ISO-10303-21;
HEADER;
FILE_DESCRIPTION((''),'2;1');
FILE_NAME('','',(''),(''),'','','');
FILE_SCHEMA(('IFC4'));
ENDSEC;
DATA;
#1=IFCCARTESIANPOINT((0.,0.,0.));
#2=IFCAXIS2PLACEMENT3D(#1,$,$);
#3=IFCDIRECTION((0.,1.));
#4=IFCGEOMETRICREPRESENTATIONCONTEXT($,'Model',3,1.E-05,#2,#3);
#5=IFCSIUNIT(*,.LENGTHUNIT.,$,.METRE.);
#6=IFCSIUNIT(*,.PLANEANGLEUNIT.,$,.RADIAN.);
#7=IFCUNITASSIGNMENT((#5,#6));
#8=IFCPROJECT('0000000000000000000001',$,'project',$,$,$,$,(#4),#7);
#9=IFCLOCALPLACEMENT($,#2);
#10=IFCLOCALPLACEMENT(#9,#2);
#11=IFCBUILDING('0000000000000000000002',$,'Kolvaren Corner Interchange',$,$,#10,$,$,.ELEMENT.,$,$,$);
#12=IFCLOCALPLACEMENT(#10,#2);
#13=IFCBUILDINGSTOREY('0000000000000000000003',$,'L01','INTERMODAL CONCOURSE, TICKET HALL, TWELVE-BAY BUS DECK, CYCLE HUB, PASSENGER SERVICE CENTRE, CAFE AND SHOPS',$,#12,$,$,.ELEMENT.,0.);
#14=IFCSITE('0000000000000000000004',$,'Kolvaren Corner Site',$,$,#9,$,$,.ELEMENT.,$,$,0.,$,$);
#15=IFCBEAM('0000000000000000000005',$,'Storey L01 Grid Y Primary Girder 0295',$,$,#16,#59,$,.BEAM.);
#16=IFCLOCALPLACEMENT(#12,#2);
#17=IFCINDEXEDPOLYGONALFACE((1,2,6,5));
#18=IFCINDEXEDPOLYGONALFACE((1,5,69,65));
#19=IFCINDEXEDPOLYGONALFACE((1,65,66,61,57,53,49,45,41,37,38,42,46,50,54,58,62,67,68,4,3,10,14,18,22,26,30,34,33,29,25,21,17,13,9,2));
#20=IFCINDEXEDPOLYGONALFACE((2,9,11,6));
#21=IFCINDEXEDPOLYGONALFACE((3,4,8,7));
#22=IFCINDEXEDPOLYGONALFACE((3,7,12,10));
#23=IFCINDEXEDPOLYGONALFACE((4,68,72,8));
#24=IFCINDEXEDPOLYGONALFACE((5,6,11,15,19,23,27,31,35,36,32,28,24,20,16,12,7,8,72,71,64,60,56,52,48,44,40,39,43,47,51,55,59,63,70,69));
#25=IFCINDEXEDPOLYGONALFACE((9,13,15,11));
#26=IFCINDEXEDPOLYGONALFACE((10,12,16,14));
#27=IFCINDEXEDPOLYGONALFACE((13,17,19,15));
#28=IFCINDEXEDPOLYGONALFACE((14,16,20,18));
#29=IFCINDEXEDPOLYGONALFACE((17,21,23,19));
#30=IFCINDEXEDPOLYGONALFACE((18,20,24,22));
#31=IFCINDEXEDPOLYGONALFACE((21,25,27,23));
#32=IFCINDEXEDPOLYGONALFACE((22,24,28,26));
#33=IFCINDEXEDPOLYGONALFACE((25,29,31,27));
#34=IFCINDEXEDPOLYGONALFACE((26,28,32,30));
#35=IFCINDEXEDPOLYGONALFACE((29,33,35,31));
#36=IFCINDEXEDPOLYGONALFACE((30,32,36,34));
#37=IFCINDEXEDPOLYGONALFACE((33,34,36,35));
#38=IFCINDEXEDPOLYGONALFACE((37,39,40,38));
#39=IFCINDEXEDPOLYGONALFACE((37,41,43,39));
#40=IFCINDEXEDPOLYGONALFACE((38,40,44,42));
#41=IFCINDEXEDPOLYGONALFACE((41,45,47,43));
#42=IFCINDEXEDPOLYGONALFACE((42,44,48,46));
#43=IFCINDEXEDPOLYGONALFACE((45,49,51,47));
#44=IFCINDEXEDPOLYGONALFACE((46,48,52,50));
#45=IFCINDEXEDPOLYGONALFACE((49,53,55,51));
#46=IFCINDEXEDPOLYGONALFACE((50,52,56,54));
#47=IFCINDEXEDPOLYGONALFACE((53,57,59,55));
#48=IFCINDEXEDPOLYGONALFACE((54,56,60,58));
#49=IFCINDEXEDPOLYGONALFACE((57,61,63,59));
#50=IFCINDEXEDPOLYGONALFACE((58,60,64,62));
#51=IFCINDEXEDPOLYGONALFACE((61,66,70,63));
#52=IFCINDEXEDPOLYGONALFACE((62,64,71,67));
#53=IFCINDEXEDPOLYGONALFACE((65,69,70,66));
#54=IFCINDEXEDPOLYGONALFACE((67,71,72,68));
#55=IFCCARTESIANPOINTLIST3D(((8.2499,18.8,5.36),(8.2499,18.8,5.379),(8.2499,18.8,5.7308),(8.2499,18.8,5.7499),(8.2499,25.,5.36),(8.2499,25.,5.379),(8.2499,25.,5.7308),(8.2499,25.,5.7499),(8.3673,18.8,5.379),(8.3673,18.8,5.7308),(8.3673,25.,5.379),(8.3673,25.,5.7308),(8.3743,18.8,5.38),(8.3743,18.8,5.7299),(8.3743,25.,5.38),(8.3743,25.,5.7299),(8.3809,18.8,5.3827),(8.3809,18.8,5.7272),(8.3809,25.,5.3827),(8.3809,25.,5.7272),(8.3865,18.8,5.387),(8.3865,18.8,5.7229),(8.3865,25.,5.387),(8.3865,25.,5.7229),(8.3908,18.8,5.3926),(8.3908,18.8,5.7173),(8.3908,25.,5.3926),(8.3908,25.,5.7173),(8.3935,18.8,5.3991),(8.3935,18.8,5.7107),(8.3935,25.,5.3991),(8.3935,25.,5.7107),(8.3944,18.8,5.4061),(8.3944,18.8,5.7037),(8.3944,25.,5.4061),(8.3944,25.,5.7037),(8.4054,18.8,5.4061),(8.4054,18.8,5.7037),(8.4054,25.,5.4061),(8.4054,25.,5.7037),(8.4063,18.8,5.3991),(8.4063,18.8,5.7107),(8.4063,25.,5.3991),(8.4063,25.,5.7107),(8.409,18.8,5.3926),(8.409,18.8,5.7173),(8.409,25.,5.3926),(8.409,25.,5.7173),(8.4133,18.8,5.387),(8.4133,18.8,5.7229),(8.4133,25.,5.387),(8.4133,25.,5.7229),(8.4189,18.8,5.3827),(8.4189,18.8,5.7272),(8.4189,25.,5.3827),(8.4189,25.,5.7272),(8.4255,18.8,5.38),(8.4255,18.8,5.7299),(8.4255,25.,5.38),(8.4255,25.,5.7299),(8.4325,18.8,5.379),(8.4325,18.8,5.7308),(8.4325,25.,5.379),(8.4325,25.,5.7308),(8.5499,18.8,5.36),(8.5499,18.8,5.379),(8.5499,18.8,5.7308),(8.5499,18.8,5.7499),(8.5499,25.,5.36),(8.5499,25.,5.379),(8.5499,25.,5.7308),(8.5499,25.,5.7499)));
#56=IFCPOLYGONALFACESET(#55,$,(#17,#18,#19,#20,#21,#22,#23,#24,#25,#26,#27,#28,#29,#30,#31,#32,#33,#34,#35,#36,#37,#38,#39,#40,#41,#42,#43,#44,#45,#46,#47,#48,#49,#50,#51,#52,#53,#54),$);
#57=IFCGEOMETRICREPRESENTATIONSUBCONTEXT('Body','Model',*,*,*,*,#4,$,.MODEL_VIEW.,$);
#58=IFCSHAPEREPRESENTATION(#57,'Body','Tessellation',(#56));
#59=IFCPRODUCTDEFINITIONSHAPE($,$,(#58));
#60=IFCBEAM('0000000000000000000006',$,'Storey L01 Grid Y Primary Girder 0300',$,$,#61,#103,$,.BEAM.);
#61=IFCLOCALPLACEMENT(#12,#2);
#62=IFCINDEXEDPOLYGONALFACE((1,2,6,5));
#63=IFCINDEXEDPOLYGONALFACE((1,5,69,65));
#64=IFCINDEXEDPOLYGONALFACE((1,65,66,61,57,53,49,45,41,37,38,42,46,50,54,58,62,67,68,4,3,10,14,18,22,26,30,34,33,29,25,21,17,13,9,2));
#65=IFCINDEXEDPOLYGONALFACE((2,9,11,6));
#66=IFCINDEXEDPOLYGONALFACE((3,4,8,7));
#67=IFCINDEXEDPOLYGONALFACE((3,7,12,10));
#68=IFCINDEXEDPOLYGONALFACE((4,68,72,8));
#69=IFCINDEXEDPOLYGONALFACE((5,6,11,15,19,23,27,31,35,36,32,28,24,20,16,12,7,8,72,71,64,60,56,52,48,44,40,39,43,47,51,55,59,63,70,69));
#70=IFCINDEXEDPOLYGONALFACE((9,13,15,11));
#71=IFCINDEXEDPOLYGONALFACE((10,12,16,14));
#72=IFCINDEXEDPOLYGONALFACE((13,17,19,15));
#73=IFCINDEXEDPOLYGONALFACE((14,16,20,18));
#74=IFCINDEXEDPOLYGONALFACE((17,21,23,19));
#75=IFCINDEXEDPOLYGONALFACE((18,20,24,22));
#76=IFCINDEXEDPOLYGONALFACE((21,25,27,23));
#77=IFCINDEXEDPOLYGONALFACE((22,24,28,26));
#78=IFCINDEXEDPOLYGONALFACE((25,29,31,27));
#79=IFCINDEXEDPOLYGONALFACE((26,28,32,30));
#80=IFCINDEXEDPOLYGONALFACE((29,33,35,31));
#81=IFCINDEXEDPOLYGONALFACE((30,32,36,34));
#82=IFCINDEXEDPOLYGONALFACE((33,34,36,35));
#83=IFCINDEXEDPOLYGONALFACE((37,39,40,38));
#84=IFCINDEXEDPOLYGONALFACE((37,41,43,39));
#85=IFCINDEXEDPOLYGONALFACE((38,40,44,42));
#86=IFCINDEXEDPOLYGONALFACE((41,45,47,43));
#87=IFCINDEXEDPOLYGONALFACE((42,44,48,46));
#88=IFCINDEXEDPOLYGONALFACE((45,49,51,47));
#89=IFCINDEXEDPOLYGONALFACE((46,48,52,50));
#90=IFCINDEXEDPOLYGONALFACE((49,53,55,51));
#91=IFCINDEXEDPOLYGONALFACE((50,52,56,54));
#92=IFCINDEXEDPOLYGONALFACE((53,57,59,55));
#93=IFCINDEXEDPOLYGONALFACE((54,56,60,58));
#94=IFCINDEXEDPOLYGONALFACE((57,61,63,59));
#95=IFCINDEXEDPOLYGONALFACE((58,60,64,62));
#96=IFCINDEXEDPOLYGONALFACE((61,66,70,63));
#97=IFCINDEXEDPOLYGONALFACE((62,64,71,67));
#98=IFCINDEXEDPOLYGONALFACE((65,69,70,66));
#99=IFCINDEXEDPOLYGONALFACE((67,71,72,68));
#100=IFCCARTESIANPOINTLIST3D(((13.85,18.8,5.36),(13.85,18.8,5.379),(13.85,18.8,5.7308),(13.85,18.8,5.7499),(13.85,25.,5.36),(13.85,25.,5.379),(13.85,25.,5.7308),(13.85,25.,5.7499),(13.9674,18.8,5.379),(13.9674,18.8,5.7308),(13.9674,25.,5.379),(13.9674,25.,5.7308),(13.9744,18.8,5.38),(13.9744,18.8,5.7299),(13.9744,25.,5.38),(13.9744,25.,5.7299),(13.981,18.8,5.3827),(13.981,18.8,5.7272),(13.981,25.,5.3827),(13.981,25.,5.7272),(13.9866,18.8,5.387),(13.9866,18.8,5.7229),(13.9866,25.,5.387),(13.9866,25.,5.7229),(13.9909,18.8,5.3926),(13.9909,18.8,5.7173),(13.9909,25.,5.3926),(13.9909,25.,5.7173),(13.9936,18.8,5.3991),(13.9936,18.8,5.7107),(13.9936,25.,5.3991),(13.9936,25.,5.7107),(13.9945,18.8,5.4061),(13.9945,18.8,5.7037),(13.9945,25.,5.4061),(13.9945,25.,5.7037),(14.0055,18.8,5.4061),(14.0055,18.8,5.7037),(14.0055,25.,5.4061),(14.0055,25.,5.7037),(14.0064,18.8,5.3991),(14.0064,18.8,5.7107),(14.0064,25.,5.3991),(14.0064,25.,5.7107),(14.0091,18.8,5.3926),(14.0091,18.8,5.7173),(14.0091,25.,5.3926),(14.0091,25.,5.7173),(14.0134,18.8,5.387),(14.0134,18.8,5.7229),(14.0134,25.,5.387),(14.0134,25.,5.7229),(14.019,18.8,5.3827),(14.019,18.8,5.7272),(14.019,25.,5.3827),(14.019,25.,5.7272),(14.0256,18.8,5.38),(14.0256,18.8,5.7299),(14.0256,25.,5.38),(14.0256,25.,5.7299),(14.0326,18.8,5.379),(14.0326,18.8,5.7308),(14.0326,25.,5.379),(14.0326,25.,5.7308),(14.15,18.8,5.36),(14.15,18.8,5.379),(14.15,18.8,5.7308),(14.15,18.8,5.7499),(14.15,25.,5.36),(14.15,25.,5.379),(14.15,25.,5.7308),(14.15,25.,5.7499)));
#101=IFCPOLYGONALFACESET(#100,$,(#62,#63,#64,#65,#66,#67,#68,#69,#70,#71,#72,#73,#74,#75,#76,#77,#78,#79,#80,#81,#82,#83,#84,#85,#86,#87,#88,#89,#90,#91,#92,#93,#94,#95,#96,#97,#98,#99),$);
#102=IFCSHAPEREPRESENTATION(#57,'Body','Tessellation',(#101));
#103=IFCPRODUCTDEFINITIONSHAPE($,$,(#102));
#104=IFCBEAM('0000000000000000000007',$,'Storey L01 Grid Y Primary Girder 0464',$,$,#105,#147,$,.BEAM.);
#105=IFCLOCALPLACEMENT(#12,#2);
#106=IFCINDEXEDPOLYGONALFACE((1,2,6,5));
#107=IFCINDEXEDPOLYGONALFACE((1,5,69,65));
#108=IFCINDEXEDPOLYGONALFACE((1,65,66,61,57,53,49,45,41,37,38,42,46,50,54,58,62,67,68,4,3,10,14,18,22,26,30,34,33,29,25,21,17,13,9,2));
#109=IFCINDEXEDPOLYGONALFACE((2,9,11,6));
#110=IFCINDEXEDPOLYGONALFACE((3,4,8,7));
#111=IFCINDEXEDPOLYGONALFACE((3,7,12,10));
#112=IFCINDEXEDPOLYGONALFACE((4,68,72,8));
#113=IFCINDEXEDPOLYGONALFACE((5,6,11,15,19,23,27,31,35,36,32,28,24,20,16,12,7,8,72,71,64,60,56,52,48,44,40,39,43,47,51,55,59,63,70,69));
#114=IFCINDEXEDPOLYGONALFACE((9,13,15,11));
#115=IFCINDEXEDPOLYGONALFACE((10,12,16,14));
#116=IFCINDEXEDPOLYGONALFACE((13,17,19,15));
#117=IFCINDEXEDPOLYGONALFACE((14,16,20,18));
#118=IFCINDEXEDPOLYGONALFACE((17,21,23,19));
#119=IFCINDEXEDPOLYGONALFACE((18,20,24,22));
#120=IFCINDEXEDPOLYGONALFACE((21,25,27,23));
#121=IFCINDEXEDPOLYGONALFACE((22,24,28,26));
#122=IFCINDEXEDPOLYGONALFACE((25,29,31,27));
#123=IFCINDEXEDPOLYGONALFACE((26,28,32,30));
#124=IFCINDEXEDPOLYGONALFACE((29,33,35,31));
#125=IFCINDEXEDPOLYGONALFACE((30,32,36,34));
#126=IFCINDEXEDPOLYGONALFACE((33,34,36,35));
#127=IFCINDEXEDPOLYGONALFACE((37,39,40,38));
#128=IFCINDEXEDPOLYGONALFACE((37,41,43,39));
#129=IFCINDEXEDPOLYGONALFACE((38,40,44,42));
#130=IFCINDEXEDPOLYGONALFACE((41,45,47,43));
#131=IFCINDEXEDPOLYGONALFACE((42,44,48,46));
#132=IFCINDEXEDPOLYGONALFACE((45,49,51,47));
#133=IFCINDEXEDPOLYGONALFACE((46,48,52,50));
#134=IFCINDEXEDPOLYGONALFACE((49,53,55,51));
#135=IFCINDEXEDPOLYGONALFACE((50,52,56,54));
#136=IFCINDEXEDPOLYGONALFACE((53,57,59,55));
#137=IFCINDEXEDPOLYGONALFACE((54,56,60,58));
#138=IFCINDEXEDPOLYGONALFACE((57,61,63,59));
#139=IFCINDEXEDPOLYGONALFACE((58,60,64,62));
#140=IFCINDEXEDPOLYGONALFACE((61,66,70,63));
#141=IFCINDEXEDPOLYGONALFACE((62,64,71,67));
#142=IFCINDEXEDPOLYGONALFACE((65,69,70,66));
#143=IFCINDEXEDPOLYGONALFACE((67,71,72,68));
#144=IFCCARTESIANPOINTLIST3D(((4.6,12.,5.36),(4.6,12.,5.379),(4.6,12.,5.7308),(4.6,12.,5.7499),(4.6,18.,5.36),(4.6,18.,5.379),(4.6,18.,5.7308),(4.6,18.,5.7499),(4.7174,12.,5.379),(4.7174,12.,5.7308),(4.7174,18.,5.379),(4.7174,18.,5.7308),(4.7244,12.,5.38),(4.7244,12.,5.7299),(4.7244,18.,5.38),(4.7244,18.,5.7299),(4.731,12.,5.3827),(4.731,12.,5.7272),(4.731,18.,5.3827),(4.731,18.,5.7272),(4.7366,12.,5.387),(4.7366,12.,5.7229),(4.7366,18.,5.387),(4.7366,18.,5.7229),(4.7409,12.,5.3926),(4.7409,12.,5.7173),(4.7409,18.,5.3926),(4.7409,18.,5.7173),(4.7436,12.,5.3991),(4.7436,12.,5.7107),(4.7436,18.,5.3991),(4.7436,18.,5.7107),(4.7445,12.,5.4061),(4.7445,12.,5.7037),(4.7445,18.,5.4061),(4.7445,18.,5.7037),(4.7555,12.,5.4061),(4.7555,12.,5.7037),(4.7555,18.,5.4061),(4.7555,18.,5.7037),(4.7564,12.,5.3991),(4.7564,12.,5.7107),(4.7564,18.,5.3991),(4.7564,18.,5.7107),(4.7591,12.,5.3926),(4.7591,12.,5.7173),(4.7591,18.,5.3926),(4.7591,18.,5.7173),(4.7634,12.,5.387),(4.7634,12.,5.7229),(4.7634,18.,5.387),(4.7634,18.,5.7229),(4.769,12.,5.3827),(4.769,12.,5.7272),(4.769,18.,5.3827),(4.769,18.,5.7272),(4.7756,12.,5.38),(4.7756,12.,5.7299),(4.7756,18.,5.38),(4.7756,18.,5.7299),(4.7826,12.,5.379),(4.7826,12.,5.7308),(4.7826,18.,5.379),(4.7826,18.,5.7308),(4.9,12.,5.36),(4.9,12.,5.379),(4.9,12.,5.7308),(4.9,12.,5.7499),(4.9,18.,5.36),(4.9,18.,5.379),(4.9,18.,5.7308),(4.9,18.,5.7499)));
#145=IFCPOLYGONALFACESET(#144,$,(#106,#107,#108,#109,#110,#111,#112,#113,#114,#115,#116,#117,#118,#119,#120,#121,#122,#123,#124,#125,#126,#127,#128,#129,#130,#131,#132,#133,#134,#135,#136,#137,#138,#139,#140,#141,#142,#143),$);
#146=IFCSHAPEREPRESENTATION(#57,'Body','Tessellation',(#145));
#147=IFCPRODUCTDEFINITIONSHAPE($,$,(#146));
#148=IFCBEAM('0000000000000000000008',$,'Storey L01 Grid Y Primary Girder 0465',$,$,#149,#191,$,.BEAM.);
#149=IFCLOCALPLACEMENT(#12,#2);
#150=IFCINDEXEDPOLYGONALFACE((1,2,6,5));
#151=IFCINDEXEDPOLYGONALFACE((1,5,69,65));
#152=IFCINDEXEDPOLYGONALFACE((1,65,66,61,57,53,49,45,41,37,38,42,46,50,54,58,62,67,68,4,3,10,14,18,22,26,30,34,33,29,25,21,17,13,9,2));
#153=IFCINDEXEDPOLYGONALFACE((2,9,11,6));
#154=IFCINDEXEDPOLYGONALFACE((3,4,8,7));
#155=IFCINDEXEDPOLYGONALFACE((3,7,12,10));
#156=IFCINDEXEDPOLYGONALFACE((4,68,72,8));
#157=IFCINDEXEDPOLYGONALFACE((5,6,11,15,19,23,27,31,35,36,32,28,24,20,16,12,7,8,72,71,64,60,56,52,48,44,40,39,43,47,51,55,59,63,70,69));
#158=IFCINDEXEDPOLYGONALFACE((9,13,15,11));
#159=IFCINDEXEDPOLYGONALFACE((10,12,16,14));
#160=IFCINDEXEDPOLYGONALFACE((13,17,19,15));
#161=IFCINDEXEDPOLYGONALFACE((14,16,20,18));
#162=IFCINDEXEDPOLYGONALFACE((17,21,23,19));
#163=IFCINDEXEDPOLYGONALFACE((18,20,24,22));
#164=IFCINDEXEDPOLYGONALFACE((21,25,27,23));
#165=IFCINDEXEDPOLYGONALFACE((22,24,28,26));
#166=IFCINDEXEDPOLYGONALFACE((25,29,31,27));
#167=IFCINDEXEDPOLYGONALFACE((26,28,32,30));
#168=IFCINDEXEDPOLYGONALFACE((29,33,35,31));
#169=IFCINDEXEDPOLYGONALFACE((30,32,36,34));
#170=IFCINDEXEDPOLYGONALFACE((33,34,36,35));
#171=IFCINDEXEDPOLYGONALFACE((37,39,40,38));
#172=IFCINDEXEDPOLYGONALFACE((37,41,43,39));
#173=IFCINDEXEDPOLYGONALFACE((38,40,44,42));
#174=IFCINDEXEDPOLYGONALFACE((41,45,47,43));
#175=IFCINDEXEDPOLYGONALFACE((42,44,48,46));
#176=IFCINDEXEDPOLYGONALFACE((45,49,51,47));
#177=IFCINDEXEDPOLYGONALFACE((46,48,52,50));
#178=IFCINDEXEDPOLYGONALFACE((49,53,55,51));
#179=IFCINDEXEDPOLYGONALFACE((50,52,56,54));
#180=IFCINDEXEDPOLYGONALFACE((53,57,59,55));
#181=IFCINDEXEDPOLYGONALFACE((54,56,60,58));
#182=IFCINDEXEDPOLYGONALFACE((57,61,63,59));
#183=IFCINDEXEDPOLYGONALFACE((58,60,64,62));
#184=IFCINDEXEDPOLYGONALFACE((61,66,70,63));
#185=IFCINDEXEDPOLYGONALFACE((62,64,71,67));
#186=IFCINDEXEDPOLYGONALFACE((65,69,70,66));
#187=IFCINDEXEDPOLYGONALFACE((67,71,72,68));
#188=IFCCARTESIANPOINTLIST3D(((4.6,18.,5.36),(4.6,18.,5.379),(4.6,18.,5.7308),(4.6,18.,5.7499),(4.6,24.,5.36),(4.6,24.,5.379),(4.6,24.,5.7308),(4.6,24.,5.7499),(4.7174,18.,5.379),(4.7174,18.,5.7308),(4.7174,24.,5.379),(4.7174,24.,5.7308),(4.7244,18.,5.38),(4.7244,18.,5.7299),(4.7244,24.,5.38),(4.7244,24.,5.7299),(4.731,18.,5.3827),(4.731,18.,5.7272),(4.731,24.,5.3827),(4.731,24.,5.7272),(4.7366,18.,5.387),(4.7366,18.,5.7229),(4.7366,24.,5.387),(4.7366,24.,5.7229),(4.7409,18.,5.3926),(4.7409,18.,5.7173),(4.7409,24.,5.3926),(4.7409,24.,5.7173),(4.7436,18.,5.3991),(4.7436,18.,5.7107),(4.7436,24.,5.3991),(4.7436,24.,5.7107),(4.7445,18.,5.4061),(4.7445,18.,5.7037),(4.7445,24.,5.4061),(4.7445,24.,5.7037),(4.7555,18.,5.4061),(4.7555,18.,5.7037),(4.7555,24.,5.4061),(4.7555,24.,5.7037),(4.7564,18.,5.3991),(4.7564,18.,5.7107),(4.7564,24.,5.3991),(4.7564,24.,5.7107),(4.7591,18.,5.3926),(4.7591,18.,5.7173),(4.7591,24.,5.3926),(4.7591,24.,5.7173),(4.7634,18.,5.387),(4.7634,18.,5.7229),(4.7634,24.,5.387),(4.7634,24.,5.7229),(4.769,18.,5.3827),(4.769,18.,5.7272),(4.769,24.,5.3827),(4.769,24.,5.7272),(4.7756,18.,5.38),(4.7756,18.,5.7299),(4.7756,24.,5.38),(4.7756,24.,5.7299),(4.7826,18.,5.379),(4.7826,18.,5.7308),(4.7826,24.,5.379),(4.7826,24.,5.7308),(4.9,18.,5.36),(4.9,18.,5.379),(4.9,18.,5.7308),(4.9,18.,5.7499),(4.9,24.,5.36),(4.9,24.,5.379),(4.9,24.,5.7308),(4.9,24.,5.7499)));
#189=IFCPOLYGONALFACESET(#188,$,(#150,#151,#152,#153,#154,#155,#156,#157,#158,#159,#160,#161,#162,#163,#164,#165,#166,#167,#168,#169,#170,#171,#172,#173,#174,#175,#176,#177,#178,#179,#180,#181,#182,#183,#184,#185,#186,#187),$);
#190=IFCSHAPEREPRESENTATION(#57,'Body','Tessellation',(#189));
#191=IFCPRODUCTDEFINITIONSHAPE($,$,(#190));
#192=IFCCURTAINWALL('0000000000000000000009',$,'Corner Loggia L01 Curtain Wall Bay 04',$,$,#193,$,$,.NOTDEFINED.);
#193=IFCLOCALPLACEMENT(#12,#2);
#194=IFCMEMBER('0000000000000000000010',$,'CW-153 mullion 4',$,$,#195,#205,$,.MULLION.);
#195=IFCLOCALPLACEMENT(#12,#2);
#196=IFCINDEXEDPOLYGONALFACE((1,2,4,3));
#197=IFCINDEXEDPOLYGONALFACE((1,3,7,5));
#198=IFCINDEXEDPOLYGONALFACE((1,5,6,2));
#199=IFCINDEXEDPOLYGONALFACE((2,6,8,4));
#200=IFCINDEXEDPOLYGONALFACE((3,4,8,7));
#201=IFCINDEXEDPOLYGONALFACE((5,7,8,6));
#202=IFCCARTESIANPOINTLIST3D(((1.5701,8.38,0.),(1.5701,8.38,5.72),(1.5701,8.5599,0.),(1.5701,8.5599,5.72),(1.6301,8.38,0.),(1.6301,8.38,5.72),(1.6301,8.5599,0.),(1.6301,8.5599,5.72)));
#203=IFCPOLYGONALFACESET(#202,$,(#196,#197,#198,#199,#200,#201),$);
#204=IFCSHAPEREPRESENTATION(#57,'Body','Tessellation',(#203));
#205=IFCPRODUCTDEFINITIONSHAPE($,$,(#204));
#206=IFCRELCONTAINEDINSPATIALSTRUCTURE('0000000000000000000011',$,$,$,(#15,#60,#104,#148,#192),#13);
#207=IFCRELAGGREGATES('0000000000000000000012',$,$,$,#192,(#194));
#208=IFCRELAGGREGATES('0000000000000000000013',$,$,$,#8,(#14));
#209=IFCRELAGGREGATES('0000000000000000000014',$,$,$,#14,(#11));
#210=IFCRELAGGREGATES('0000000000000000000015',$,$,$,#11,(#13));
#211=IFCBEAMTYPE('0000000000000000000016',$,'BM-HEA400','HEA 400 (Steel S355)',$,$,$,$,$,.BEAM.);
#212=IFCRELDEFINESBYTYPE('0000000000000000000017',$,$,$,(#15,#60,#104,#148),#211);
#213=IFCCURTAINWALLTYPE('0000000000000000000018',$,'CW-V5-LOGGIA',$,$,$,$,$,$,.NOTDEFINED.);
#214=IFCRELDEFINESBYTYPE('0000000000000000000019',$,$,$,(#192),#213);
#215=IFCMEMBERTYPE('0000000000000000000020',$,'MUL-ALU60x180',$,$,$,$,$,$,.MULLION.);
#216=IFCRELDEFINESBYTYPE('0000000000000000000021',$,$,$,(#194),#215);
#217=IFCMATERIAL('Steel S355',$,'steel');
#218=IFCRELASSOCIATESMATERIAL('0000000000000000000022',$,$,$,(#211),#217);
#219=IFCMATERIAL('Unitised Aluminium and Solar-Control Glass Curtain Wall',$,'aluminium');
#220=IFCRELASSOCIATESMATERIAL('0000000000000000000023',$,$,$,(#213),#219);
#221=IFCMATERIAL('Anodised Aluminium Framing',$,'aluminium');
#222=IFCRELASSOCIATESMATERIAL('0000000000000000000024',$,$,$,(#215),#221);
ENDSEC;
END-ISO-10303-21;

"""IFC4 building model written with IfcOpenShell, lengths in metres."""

from ifc_helpers import new_model, si_unit, direction, frame, origin, origin_2d, place, context, subcontext, project, spatial, rectangle, i_section, extrude, material, material_profile, profile_set, type_object, element, aggregate, save


model = new_model("IFC4")

# Units and contexts
model_context = context("Model", 3, precision=1e-05, world=origin(), true_north=direction((0.0, 1.0)))
body_context = subcontext(model_context, "Body", "Model", "MODEL_VIEW")
ifc_project = project(units=[si_unit("LENGTHUNIT", "METRE"), si_unit("PLANEANGLEUNIT", "RADIAN")], contexts=[model_context])

# Site, building, storey
site_placement = place(None, origin())
site = spatial("IfcSite", under=ifc_project, at=site_placement, Name="Kolvaren Corner Site", CompositionType="ELEMENT", RefElevation=0.0)
building_placement = place(site_placement, origin())
building = spatial("IfcBuilding", under=site, at=building_placement, Name="Kolvaren Corner Interchange", CompositionType="ELEMENT")
storey_placement = place(building_placement, origin())
storey = spatial("IfcBuildingStorey", under=building, at=storey_placement, Name="L01", Description="INTERMODAL CONCOURSE, TICKET HALL, TWELVE-BAY BUS DECK, CYCLE HUB, PASSENGER SERVICE CENTRE, CAFE AND SHOPS", CompositionType="ELEMENT", Elevation=0.0)

# Beams
ifc_material_1 = material(Name="Steel S355", Category="steel")
ifc_material_profile_1 = material_profile(ifc_material_1, i_section(OverallWidth=0.3, OverallDepth=0.3899, WebThickness=0.011, FlangeThickness=0.019, FilletRadius=0.0271, at=origin_2d()), Name="HEA 400")
ifc_profile_set_1 = profile_set([ifc_material_profile_1], Name="Steel S355")
beam_type_1 = type_object("IfcBeamType", Name="BM-HEA400", Description="HEA 400 (Steel S355)", PredefinedType="BEAM", material=ifc_profile_set_1)
for number, where, z_axis, x_axis, name in (
    (1, (8.3999, 18.8, 5.5549), (0.0, 1.0, 0.0), (-1.0, 0.0, 0.0), "Storey L01 Grid Y Primary Girder 0295"),
    (2, (14.0, 18.8, 5.5549), (0.0, 1.0, 0.0), (-1.0, 0.0, 0.0), "Storey L01 Grid Y Primary Girder 0300"),
):
    element("IfcBeam", number, at=place(storey_placement, frame(where, z_axis=z_axis, x_axis=x_axis)), inside=storey, type_object=beam_type_1, Name=name, PredefinedType="BEAM", context=body_context, shape_type="SweptSolid", body=[
        extrude(i_section(OverallWidth=0.3, OverallDepth=0.3899, WebThickness=0.011, FlangeThickness=0.019, FilletRadius=0.0271, at=origin_2d()), origin(), (0.0, 0.0, 1.0), 6.2),
    ])
for number, where, z_axis, x_axis, name in (
    (3, (4.75, 12.0, 5.5549), (0.0, 1.0, 0.0), (-1.0, 0.0, 0.0), "Storey L01 Grid Y Primary Girder 0464"),
    (4, (4.75, 18.0, 5.5549), (0.0, 1.0, 0.0), (-1.0, 0.0, 0.0), "Storey L01 Grid Y Primary Girder 0465"),
):
    element("IfcBeam", number, at=place(storey_placement, frame(where, z_axis=z_axis, x_axis=x_axis)), inside=storey, type_object=beam_type_1, Name=name, PredefinedType="BEAM", context=body_context, shape_type="SweptSolid", body=[
        extrude(i_section(OverallWidth=0.3, OverallDepth=0.3899, WebThickness=0.011, FlangeThickness=0.019, FilletRadius=0.0271, at=origin_2d()), origin(), (0.0, 0.0, 1.0), 6.0),
    ])

# Curtain wall, member
ifc_material_2 = material(Name="Unitised Aluminium and Solar-Control Glass Curtain Wall", Category="aluminium")
curtain_wall_type = type_object("IfcCurtainWallType", Name="CW-V5-LOGGIA", PredefinedType="NOTDEFINED", material=ifc_material_2)
curtain_wall_placement = place(storey_placement, origin())
curtain_wall = element("IfcCurtainWall", 5, at=curtain_wall_placement, inside=storey, type_object=curtain_wall_type, Name="Corner Loggia L01 Curtain Wall Bay 04", PredefinedType="NOTDEFINED")
ifc_material_3 = material(Name="Anodised Aluminium Framing", Category="aluminium")
ifc_material_profile_2 = material_profile(ifc_material_3, rectangle(XDim=0.0601, YDim=0.1799, at=origin_2d()), Name="ALU 60x180")
ifc_profile_set_2 = profile_set([ifc_material_profile_2], Name="Anodised Aluminium Framing")
member_type = type_object("IfcMemberType", Name="MUL-ALU60x180", PredefinedType="MULLION", material=ifc_profile_set_2)
member_placement = place(storey_placement, frame((1.6001, 8.47, 0.0), z_axis=(0.0, 0.0, 1.0), x_axis=(-1.0, 0.0, 0.0)))
member = element("IfcMember", 6, at=member_placement, type_object=member_type, Name="CW-153 mullion 4", PredefinedType="MULLION", context=body_context, shape_type="SweptSolid", body=[
    extrude(rectangle(XDim=0.0601, YDim=0.1799, at=origin_2d()), origin(), (0.0, 0.0, 1.0), 5.72),
])
aggregate(curtain_wall, [member])

save(model, "model.ifc")
